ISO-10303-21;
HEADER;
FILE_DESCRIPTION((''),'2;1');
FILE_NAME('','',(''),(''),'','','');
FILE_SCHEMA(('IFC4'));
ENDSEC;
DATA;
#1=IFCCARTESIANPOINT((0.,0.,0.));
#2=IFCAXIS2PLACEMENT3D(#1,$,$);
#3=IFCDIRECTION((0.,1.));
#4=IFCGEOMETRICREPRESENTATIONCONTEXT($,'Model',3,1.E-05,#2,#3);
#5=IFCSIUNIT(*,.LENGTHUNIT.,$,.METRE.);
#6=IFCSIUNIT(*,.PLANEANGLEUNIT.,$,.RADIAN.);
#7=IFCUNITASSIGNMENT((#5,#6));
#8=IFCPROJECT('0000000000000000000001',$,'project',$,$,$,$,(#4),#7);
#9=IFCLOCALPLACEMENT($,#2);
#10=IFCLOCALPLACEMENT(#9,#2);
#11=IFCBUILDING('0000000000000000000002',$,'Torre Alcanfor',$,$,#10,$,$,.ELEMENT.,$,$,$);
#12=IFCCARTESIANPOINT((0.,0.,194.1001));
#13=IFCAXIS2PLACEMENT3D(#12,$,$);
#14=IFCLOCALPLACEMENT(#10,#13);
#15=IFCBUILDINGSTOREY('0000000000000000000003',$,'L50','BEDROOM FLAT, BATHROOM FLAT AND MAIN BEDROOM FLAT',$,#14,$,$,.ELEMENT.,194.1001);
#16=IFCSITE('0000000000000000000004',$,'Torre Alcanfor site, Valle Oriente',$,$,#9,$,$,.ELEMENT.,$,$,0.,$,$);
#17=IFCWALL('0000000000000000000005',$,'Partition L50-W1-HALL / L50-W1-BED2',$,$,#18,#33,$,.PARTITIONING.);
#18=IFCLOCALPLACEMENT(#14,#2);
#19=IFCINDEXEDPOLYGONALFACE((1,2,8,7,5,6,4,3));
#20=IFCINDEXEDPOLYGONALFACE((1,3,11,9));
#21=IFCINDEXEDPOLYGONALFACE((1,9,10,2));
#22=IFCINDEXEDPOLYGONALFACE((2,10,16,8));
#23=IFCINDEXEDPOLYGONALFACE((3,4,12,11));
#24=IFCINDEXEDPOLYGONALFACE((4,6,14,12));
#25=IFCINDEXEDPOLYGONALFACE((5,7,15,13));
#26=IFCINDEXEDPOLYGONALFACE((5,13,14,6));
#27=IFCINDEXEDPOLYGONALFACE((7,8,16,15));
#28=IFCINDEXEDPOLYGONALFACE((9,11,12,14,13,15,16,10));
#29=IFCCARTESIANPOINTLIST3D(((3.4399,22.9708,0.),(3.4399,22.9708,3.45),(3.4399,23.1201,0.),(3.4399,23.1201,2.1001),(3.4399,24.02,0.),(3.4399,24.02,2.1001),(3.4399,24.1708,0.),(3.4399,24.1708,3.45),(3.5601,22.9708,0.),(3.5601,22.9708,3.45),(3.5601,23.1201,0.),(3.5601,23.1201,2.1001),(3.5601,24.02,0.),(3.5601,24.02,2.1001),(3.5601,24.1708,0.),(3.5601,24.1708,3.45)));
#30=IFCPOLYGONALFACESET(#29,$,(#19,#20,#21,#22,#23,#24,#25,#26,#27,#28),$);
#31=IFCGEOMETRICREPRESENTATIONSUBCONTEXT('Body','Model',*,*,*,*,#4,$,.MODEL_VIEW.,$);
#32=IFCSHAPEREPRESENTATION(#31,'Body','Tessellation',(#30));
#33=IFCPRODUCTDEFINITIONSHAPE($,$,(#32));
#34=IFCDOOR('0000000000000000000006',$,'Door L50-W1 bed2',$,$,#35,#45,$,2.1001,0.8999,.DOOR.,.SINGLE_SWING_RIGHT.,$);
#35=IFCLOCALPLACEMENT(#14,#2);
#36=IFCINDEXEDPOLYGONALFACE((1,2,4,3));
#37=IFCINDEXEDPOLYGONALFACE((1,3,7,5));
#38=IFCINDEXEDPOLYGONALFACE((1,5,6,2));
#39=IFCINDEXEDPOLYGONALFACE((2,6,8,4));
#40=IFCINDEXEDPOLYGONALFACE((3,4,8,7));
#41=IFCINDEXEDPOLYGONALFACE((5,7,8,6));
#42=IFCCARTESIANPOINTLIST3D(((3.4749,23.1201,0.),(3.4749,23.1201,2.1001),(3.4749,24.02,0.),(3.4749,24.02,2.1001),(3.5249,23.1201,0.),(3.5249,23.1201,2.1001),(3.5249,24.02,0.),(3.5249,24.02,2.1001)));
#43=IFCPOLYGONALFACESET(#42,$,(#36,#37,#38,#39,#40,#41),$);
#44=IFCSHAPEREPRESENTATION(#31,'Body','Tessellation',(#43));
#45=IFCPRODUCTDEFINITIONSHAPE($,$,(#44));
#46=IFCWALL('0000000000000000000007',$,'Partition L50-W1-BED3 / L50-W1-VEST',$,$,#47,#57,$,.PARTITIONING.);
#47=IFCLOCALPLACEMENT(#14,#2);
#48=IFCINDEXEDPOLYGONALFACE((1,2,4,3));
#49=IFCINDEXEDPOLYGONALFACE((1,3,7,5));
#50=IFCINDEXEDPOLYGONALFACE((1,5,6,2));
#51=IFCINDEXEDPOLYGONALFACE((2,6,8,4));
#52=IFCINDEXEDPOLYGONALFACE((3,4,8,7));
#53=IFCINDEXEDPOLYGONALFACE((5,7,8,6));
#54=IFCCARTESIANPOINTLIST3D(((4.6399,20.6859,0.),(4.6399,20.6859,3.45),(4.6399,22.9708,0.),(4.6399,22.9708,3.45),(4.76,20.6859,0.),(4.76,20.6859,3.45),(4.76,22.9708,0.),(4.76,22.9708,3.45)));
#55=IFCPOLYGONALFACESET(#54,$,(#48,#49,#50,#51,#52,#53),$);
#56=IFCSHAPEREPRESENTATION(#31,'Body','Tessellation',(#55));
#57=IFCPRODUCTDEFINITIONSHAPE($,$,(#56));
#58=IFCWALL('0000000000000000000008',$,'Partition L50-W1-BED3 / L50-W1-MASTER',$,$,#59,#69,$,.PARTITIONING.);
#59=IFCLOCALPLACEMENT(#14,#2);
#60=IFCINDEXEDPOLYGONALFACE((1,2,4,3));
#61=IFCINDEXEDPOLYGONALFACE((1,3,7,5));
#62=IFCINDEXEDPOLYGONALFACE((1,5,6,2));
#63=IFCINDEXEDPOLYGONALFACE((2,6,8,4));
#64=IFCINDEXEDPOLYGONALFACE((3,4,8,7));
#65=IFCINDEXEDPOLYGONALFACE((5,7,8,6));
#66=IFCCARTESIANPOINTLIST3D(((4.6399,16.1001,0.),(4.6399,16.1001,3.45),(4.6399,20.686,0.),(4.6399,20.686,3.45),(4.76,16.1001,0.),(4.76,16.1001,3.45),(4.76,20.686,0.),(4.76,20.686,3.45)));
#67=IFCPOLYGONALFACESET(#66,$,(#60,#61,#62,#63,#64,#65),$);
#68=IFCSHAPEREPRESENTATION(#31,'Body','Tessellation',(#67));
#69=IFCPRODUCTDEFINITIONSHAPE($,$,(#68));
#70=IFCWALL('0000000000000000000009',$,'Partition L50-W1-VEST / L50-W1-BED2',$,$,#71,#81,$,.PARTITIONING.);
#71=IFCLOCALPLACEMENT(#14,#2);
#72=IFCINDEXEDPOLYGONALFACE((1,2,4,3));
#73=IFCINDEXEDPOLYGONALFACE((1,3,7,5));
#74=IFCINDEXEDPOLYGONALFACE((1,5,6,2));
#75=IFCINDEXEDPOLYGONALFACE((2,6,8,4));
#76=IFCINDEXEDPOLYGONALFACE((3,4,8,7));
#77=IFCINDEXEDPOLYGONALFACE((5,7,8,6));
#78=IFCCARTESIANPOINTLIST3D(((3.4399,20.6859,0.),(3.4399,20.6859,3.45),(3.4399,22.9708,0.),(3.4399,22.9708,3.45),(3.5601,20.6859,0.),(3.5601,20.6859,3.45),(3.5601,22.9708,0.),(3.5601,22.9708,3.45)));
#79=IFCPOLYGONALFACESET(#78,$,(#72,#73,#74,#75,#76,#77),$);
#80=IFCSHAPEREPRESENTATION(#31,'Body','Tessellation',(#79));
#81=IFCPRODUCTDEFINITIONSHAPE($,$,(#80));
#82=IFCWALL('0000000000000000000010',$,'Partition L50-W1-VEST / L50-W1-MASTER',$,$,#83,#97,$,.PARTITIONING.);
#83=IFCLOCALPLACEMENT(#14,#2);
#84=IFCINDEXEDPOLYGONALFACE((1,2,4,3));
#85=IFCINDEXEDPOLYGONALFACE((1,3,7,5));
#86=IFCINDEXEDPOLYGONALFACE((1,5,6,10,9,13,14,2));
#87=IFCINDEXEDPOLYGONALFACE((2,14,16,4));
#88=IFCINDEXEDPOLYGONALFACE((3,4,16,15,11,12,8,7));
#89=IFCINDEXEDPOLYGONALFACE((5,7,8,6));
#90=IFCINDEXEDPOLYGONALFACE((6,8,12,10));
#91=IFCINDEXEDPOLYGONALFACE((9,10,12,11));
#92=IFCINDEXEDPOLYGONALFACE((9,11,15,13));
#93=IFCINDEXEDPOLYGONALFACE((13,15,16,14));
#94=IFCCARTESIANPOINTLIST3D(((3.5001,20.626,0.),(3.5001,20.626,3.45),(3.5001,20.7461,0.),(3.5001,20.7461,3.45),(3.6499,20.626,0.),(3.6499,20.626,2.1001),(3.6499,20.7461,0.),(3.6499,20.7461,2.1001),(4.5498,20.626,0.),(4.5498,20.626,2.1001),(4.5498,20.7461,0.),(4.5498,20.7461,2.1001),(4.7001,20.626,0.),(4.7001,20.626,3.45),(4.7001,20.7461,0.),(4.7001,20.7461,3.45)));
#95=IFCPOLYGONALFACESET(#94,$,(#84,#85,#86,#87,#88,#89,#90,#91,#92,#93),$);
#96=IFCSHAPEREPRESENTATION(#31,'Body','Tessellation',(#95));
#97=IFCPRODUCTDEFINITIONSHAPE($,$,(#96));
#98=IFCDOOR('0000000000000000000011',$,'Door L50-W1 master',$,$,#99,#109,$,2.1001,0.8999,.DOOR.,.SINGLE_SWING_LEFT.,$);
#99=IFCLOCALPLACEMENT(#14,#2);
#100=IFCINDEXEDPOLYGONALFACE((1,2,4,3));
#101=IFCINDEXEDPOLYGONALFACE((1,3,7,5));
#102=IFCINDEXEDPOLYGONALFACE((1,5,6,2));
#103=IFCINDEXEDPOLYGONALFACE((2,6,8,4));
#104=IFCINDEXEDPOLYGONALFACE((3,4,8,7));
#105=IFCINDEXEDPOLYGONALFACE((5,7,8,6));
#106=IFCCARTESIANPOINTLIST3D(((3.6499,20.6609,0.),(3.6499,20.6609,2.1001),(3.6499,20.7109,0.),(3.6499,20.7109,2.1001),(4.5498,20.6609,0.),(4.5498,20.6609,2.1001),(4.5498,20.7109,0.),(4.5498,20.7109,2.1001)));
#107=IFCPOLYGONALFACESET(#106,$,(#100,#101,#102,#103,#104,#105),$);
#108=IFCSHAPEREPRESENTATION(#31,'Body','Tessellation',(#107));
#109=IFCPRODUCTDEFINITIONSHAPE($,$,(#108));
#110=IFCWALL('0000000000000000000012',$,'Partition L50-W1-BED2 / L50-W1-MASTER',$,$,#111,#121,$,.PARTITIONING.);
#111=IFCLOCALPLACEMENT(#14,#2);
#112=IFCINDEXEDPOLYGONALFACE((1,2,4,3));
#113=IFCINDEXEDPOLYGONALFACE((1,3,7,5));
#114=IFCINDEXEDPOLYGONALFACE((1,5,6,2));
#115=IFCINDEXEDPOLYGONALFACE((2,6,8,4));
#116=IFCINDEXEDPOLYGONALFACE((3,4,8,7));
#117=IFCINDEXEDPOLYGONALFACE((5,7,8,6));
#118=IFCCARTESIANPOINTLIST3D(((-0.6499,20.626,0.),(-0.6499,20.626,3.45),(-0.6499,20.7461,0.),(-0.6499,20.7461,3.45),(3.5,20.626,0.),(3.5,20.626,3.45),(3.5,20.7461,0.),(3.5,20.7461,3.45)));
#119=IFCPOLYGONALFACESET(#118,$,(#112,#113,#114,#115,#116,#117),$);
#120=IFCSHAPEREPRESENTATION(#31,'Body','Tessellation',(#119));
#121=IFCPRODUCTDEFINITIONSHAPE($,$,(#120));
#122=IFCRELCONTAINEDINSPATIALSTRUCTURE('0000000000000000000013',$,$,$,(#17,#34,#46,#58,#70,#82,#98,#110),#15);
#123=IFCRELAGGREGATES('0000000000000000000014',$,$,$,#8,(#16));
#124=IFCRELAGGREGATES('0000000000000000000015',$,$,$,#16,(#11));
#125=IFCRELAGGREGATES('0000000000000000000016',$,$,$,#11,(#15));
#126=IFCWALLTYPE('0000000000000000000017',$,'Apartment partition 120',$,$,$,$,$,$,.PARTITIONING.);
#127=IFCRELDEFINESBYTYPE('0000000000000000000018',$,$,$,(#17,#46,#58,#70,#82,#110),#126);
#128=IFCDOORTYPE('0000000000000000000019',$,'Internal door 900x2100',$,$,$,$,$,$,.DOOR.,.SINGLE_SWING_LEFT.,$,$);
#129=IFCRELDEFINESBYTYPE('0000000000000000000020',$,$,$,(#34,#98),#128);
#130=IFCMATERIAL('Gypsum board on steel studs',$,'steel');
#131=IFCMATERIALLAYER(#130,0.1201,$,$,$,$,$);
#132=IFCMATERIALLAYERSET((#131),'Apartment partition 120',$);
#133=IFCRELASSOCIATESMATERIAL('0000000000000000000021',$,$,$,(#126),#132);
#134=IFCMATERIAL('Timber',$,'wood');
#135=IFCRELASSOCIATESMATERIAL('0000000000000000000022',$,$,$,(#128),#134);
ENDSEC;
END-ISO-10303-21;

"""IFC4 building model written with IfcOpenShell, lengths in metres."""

from ifc_helpers import new_model, si_unit, direction, frame, frame_2d, origin, place, context, subcontext, project, spatial, rectangle, extrude, material, layer, layer_set, type_object, element, fill, save


model = new_model("IFC4")

# Units and contexts
model_context = context("Model", 3, precision=1e-05, world=origin(), true_north=direction((0.0, 1.0)))
body_context = subcontext(model_context, "Body", "Model", "MODEL_VIEW")
ifc_project = project(units=[si_unit("LENGTHUNIT", "METRE"), si_unit("PLANEANGLEUNIT", "RADIAN")], contexts=[model_context])

# Site, building, storey
site_placement = place(None, origin())
site = spatial("IfcSite", under=ifc_project, at=site_placement, Name="Torre Alcanfor site, Valle Oriente", CompositionType="ELEMENT", RefElevation=0.0)
building_placement = place(site_placement, origin())
building = spatial("IfcBuilding", under=site, at=building_placement, Name="Torre Alcanfor", CompositionType="ELEMENT")
storey_placement = place(building_placement, frame((0.0, 0.0, 194.1001)))
storey = spatial("IfcBuildingStorey", under=building, at=storey_placement, Name="L50", Description="BEDROOM FLAT, BATHROOM FLAT AND MAIN BEDROOM FLAT", CompositionType="ELEMENT", Elevation=194.1001)

# Shared definitions
ifc_material_1 = material(Name="Gypsum board on steel studs", Category="steel")
ifc_layer_1 = layer(ifc_material_1, 0.1201)
ifc_layer_set_1 = layer_set([ifc_layer_1], Name="Apartment partition 120")
wall_type = type_object("IfcWallType", Name="Apartment partition 120", PredefinedType="PARTITIONING", material=ifc_layer_set_1)
ifc_material_2 = material(Name="Timber", Category="wood")
door_type = type_object("IfcDoorType", Name="Internal door 900x2100", OperationType="SINGLE_SWING_LEFT", PredefinedType="DOOR", material=ifc_material_2)

# Wall, opening, door
wall_1_placement = place(storey_placement, frame((3.5, 24.1709, 0.0), z_axis=(0.0, 0.0, 1.0), x_axis=(0.0, -1.0, 0.0)))
wall_1 = element("IfcWall", 1, at=wall_1_placement, inside=storey, type_object=wall_type, Name="Partition L50-W1-HALL / L50-W1-BED2", PredefinedType="PARTITIONING", context=body_context, shape_type="SweptSolid", body=[
    extrude(rectangle(XDim=1.2, YDim=0.1201, at=frame_2d((0.6001, 0.0))), origin(), (0.0, 0.0, 1.0), 3.45),
])
opening_1_placement = place(wall_1_placement, frame((0.1509, 0.0, 0.0)))
opening_1 = element("IfcOpeningElement", 2, at=opening_1_placement, cuts=wall_1, PredefinedType="OPENING", context=body_context, shape_type="SweptSolid", body=[
    extrude(rectangle(XDim=0.8999, YDim=2.1001, at=frame_2d((0.45, 1.05))), frame((0.0, 0.0701, 0.0), z_axis=(0.0, -1.0, 0.0), x_axis=(1.0, 0.0, 0.0)), (0.0, 0.0, 1.0), 0.1401),
])
door_1_placement = place(opening_1_placement, frame((0.8999, 0.0, 0.0), z_axis=(0.0, 0.0, 1.0), x_axis=(-1.0, 0.0, 0.0)))
door_1 = element("IfcDoor", 3, at=door_1_placement, inside=storey, type_object=door_type, Name="Door L50-W1 bed2", OperationType="SINGLE_SWING_RIGHT", OverallHeight=2.1001, OverallWidth=0.8999, PredefinedType="DOOR", context=body_context, shape_type="SweptSolid", body=[
    extrude(rectangle(XDim=0.8999, YDim=2.1001, at=frame_2d((0.45, 1.05))), frame((0.0, 0.0251, 0.0), z_axis=(0.0, -1.0, 0.0), x_axis=(1.0, 0.0, 0.0)), (0.0, 0.0, 1.0), 0.05),
])
fill(opening_1, door_1)

# Walls
wall_2_placement = place(storey_placement, frame((4.7, 22.9709, 0.0), z_axis=(0.0, 0.0, 1.0), x_axis=(0.0, -1.0, 0.0)))
element("IfcWall", 4, at=wall_2_placement, inside=storey, type_object=wall_type, Name="Partition L50-W1-BED3 / L50-W1-VEST", PredefinedType="PARTITIONING", context=body_context, shape_type="SweptSolid", body=[
    extrude(rectangle(XDim=2.2849, YDim=0.1201, at=frame_2d((1.1426, 0.0))), origin(), (0.0, 0.0, 1.0), 3.45),
])
wall_3_placement = place(storey_placement, frame((4.7, 20.686, 0.0), z_axis=(0.0, 0.0, 1.0), x_axis=(0.0, -1.0, 0.0)))
element("IfcWall", 5, at=wall_3_placement, inside=storey, type_object=wall_type, Name="Partition L50-W1-BED3 / L50-W1-MASTER", PredefinedType="PARTITIONING", context=body_context, shape_type="SweptSolid", body=[
    extrude(rectangle(XDim=4.5859, YDim=0.1201, at=frame_2d((2.293, 0.0))), origin(), (0.0, 0.0, 1.0), 3.45),
])
wall_4_placement = place(storey_placement, frame((3.5, 22.9709, 0.0), z_axis=(0.0, 0.0, 1.0), x_axis=(0.0, -1.0, 0.0)))
element("IfcWall", 6, at=wall_4_placement, inside=storey, type_object=wall_type, Name="Partition L50-W1-VEST / L50-W1-BED2", PredefinedType="PARTITIONING", context=body_context, shape_type="SweptSolid", body=[
    extrude(rectangle(XDim=2.2849, YDim=0.1201, at=frame_2d((1.1426, 0.0))), origin(), (0.0, 0.0, 1.0), 3.45),
])

# Wall, opening, door
wall_5_placement = place(storey_placement, frame((3.5, 20.686, 0.0), z_axis=(0.0, 0.0, 1.0), x_axis=(1.0, 0.0, 0.0)))
wall_5 = element("IfcWall", 7, at=wall_5_placement, inside=storey, type_object=wall_type, Name="Partition L50-W1-VEST / L50-W1-MASTER", PredefinedType="PARTITIONING", context=body_context, shape_type="SweptSolid", body=[
    extrude(rectangle(XDim=1.2, YDim=0.1201, at=frame_2d((0.6001, 0.0))), origin(), (0.0, 0.0, 1.0), 3.45),
])
opening_2_placement = place(wall_5_placement, frame((0.1499, 0.0, 0.0)))
opening_2 = element("IfcOpeningElement", 8, at=opening_2_placement, cuts=wall_5, PredefinedType="OPENING", context=body_context, shape_type="SweptSolid", body=[
    extrude(rectangle(XDim=0.8999, YDim=2.1001, at=frame_2d((0.45, 1.05))), frame((0.0, 0.0701, 0.0), z_axis=(0.0, -1.0, 0.0), x_axis=(1.0, 0.0, 0.0)), (0.0, 0.0, 1.0), 0.1401),
])
door_2_placement = place(opening_2_placement, origin())
door_2 = element("IfcDoor", 9, at=door_2_placement, inside=storey, type_object=door_type, Name="Door L50-W1 master", OperationType="SINGLE_SWING_LEFT", OverallHeight=2.1001, OverallWidth=0.8999, PredefinedType="DOOR", context=body_context, shape_type="SweptSolid", body=[
    extrude(rectangle(XDim=0.8999, YDim=2.1001, at=frame_2d((0.45, 1.05))), frame((0.0, 0.0249, 0.0), z_axis=(0.0, -1.0, 0.0), x_axis=(1.0, 0.0, 0.0)), (0.0, 0.0, 1.0), 0.05),
])
fill(opening_2, door_2)

# Wall
wall_6_placement = place(storey_placement, frame((-0.6499, 20.686, 0.0), z_axis=(0.0, 0.0, 1.0), x_axis=(1.0, 0.0, 0.0)))
element("IfcWall", 10, at=wall_6_placement, inside=storey, type_object=wall_type, Name="Partition L50-W1-BED2 / L50-W1-MASTER", PredefinedType="PARTITIONING", context=body_context, shape_type="SweptSolid", body=[
    extrude(rectangle(XDim=4.1499, YDim=0.1201, at=frame_2d((2.075, 0.0))), origin(), (0.0, 0.0, 1.0), 3.45),
])

save(model, "model.ifc")
